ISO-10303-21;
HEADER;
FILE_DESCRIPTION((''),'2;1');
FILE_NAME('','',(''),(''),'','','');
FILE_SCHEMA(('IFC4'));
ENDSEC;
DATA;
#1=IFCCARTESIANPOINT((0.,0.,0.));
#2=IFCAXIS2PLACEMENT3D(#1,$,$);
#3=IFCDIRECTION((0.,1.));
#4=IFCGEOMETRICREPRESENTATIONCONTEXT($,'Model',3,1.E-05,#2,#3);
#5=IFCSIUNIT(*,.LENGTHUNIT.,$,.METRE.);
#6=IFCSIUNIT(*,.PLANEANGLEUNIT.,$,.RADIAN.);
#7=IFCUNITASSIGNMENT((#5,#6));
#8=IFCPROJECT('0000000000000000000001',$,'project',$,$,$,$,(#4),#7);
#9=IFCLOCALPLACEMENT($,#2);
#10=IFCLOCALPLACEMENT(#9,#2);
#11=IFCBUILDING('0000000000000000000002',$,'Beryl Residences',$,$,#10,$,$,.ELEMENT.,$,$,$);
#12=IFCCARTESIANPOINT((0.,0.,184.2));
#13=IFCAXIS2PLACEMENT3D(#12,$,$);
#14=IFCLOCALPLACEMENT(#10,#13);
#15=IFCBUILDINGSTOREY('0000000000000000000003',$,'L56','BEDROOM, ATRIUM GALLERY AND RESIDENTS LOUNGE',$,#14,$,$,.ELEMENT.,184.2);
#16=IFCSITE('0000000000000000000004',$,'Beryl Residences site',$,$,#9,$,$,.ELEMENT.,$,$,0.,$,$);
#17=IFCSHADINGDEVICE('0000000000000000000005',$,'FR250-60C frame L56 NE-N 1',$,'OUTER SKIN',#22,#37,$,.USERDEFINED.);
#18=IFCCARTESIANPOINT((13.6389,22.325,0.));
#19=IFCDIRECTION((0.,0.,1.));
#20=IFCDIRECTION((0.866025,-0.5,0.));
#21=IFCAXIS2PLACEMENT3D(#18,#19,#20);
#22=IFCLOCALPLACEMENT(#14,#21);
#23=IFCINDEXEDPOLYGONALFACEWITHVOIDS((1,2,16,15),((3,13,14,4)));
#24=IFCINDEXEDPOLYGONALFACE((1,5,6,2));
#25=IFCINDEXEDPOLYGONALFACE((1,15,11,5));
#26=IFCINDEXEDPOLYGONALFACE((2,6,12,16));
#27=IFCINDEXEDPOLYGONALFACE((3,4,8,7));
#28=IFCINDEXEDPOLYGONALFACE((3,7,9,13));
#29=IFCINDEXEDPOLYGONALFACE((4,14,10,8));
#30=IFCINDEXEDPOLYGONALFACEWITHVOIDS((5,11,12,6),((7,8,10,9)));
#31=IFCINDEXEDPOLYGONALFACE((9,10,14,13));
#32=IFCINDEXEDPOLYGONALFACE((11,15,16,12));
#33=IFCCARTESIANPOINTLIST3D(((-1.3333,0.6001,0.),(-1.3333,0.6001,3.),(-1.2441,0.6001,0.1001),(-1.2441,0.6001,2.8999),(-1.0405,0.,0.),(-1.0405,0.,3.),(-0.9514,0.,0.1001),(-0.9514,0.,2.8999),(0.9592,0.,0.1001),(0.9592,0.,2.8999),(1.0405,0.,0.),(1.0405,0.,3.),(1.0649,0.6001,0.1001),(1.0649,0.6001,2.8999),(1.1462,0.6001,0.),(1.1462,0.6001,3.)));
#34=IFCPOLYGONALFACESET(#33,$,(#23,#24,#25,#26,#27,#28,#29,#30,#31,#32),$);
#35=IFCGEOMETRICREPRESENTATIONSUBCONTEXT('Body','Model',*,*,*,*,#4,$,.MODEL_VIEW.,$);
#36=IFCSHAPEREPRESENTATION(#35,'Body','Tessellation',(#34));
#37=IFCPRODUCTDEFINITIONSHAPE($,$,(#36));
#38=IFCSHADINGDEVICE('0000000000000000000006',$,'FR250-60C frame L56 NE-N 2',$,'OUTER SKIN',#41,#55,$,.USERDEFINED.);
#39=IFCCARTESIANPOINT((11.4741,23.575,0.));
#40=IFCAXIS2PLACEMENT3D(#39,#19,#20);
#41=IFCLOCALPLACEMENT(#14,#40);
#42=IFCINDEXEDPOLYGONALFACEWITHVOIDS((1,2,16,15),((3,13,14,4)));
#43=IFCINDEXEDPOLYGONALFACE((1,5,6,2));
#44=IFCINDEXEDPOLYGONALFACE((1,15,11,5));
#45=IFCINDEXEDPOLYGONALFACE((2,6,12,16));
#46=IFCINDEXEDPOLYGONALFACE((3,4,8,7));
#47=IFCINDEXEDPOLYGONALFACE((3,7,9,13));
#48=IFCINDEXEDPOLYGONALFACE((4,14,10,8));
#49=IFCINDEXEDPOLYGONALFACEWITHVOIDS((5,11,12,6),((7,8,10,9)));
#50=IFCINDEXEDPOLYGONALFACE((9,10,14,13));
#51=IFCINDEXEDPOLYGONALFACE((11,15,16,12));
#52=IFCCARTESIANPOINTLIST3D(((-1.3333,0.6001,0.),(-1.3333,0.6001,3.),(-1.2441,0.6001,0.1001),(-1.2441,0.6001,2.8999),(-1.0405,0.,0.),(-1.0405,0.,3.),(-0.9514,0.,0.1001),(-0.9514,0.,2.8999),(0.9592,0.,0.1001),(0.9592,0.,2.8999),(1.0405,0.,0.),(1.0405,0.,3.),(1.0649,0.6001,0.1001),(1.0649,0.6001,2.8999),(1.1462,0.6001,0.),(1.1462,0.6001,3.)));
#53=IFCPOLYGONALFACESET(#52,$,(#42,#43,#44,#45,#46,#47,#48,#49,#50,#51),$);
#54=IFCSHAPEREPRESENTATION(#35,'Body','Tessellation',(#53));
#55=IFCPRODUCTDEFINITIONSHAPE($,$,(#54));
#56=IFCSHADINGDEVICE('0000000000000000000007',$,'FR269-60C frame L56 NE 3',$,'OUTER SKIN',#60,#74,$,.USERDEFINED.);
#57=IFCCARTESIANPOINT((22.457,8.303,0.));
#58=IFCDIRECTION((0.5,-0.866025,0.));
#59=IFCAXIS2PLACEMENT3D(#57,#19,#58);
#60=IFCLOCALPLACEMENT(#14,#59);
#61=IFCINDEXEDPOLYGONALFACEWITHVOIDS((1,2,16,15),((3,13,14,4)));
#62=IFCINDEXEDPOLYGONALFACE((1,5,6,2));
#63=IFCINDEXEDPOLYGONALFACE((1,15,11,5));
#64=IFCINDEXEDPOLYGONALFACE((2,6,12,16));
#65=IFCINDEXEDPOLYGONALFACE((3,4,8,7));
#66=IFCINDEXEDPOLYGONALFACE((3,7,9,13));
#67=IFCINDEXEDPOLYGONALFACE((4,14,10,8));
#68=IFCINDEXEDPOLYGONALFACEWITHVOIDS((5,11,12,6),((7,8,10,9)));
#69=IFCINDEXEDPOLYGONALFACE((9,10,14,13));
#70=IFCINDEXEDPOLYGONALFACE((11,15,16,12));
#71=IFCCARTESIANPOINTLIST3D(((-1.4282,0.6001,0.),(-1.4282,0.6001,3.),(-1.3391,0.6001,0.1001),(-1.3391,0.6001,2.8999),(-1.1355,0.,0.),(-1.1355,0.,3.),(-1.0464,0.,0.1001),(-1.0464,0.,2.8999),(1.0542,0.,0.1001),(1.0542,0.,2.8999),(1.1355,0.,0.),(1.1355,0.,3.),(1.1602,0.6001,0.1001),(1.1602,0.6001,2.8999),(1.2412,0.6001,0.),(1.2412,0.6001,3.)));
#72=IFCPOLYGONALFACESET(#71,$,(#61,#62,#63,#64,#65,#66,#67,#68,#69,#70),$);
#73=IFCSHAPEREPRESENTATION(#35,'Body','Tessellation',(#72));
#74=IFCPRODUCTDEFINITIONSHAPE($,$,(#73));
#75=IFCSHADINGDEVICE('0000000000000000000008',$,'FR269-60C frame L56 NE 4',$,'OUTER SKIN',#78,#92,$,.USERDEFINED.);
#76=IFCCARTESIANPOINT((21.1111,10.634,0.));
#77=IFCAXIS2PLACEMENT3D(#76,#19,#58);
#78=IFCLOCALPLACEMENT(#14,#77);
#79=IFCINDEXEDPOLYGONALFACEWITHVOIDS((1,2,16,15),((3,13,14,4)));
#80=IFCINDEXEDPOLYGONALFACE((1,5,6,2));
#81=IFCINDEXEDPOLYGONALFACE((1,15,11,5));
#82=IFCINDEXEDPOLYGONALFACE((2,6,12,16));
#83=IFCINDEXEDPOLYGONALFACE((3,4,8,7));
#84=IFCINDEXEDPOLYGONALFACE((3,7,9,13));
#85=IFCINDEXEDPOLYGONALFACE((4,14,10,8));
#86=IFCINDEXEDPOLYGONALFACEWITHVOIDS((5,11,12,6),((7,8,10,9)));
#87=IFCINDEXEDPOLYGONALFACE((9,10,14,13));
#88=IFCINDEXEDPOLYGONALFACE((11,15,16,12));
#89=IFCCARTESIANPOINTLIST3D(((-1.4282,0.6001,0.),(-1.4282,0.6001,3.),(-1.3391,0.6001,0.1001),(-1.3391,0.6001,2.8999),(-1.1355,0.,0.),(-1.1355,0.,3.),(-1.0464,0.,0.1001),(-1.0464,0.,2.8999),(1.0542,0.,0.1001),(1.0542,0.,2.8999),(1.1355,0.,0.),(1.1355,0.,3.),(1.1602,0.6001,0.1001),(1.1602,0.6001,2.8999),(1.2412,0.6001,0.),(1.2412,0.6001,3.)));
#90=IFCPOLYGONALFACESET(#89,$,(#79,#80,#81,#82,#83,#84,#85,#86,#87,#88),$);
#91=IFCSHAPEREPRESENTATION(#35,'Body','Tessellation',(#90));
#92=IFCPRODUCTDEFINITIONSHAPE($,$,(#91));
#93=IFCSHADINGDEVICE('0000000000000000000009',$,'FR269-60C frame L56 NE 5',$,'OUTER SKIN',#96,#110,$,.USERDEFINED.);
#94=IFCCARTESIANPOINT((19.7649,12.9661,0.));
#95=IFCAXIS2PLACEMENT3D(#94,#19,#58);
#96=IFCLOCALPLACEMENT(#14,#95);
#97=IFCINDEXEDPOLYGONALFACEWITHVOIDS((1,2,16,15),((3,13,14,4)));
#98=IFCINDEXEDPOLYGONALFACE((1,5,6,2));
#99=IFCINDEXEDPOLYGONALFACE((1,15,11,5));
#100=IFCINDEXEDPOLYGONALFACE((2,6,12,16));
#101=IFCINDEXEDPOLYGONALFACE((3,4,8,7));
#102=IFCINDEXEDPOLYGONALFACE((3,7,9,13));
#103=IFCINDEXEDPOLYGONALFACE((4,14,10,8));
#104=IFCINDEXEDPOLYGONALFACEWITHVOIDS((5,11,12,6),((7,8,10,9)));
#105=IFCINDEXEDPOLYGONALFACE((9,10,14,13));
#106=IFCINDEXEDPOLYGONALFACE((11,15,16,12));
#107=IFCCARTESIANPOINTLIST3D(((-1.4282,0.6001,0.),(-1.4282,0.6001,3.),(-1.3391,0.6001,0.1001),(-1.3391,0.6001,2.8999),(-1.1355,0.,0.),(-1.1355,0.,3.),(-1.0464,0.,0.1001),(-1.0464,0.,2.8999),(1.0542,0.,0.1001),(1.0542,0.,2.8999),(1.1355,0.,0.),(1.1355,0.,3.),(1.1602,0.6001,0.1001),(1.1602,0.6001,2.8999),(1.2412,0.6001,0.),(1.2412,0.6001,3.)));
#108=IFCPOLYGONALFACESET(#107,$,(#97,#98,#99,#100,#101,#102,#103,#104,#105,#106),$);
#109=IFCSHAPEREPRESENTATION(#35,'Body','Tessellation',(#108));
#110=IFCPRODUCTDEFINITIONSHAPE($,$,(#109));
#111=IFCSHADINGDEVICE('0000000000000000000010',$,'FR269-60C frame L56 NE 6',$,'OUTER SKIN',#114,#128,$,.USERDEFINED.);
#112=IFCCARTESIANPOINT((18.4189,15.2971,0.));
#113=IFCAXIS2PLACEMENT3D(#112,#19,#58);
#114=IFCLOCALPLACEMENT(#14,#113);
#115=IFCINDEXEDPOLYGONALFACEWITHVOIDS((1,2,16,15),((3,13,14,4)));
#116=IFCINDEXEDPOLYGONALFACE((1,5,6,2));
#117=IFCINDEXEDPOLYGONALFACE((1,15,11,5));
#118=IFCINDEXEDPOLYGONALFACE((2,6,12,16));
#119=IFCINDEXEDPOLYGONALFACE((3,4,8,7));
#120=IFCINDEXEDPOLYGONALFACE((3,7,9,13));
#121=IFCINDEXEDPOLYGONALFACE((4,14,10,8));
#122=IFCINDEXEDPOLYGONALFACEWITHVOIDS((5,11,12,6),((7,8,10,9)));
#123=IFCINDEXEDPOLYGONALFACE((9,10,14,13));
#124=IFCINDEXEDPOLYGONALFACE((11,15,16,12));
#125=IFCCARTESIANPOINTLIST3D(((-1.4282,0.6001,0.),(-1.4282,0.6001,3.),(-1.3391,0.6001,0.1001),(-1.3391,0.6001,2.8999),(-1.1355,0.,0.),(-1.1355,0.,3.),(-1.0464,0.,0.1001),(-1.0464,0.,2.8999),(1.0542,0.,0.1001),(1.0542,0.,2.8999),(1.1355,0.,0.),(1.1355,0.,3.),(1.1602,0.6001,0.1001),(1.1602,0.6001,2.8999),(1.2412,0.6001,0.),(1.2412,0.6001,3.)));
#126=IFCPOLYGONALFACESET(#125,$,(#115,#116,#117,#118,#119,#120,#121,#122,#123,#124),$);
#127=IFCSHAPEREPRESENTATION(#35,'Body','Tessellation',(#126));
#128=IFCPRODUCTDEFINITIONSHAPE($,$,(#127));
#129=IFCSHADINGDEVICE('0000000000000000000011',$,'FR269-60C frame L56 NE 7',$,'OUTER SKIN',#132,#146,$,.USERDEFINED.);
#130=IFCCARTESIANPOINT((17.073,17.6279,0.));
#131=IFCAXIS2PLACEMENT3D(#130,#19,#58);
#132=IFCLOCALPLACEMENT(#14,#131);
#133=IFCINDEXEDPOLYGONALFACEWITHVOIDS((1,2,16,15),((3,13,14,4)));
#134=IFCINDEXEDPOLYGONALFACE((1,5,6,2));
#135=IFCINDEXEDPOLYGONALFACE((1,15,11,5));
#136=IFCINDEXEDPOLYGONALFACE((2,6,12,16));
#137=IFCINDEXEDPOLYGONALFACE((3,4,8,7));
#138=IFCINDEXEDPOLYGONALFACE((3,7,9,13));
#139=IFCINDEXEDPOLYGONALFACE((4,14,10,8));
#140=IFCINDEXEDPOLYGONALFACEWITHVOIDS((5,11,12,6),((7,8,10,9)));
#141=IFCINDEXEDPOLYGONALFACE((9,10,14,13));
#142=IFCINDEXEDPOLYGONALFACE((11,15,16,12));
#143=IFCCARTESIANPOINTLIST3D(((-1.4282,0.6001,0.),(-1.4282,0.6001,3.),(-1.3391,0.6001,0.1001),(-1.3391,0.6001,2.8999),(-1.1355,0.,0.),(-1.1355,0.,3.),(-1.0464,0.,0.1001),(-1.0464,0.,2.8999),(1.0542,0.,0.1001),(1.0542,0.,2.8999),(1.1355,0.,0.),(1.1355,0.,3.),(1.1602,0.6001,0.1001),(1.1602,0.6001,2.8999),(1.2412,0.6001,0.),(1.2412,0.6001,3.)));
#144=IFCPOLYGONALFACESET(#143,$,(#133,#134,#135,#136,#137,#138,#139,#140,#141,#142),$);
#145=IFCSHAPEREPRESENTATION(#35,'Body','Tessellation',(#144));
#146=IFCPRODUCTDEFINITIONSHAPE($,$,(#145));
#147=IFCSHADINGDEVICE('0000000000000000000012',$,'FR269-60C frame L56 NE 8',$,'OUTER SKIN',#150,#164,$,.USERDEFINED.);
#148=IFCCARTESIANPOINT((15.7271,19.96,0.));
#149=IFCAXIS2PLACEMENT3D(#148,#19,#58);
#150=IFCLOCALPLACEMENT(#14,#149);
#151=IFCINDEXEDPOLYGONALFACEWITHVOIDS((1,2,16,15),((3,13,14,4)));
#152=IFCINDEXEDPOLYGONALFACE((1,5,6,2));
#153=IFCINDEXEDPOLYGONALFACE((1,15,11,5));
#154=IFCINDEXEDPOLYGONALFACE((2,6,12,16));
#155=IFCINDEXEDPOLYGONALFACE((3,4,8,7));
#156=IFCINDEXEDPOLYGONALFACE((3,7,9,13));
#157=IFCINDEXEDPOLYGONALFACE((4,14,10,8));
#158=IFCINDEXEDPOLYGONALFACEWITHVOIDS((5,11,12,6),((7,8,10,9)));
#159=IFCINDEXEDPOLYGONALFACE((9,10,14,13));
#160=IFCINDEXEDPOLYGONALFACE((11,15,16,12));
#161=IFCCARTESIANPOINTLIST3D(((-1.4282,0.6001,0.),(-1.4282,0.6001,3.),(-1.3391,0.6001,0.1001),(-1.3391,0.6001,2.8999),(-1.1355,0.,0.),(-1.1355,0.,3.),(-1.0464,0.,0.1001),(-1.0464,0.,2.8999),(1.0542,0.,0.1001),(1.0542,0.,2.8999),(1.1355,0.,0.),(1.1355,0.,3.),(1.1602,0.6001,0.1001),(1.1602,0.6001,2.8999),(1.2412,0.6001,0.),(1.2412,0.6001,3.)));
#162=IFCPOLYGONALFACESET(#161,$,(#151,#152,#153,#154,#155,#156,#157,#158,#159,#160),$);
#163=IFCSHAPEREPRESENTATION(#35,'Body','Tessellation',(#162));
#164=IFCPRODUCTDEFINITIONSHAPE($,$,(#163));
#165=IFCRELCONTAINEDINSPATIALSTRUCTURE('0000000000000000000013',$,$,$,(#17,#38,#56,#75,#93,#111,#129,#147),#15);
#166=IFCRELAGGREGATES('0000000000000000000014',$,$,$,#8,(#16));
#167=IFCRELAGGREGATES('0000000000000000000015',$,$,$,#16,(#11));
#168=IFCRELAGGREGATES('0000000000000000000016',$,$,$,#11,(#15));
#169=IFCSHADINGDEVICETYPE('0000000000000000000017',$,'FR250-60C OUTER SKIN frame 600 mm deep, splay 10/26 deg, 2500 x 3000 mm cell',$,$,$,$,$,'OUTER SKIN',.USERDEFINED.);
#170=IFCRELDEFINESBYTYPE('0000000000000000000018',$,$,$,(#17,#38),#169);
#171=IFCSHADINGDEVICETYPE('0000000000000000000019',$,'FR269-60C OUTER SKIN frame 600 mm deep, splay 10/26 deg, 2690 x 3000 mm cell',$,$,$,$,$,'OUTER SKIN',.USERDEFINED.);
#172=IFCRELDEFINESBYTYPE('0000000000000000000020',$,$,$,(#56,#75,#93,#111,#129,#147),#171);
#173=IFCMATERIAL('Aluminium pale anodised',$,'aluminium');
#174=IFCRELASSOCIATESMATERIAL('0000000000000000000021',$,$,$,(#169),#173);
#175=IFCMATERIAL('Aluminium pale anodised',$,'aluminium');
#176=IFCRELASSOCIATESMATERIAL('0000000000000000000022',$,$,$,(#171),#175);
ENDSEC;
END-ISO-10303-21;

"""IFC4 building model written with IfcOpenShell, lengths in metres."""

from ifc_helpers import new_model, entity, si_unit, direction, frame, origin, place, context, subcontext, project, spatial, source, transform, mapped, material, type_object, type_shapes, element, save


model = new_model("IFC4")

# Units and contexts
model_context = context("Model", 3, precision=1e-05, world=origin(), true_north=direction((0.0, 1.0)))
body_context = subcontext(model_context, "Body", "Model", "MODEL_VIEW")
ifc_project = project(units=[si_unit("LENGTHUNIT", "METRE"), si_unit("PLANEANGLEUNIT", "RADIAN")], contexts=[model_context])

# Site, building, storey
site_placement = place(None, origin())
site = spatial("IfcSite", under=ifc_project, at=site_placement, Name="Beryl Residences site", CompositionType="ELEMENT", RefElevation=0.0)
building_placement = place(site_placement, origin())
building = spatial("IfcBuilding", under=site, at=building_placement, Name="Beryl Residences", CompositionType="ELEMENT")
storey_placement = place(building_placement, frame((0.0, 0.0, 184.2)))
storey = spatial("IfcBuildingStorey", under=building, at=storey_placement, Name="L56", Description="BEDROOM, ATRIUM GALLERY AND RESIDENTS LOUNGE", CompositionType="ELEMENT", Elevation=184.2)

# Shading devices
ifc_material_1 = material(Name="Aluminium pale anodised", Category="aluminium")
shading_device_type_1 = type_object("IfcShadingDeviceType", Name="FR250-60C OUTER SKIN frame 600 mm deep, splay 10/26 deg, 2500 x 3000 mm cell", ElementType="OUTER SKIN", PredefinedType="USERDEFINED", material=ifc_material_1)
cartesian_point_1 = entity("IfcCartesianPoint", [-1.0405, 0.0])
cartesian_point_2 = entity("IfcCartesianPoint", [-0.9592, 0.1001])
cartesian_point_3 = entity("IfcCartesianPoint", [-1.1462, 0.0])
cartesian_point_4 = entity("IfcCartesianPoint", [-1.0649, 0.1001])
shared_shape_1 = source(origin(), body_context, "Body", "SweptSolid", [
    entity("IfcExtrudedAreaSolidTapered", entity("IfcArbitraryProfileDefWithVoids", "AREA", None, entity("IfcPolyline", [cartesian_point_1, entity("IfcCartesianPoint", [1.0405, 0.0]), entity("IfcCartesianPoint", [1.0405, 3.0]), entity("IfcCartesianPoint", [-1.0405, 3.0]), cartesian_point_1]), [entity("IfcPolyline", [cartesian_point_2, entity("IfcCartesianPoint", [0.9514, 0.1001]), entity("IfcCartesianPoint", [0.9514, 2.8999]), entity("IfcCartesianPoint", [-0.9592, 2.8999]), cartesian_point_2])]), entity("IfcAxis2Placement3D", entity("IfcCartesianPoint", [0.0, 0.0, 0.0]), entity("IfcDirection", [0.0, 1.0, 0.0]), entity("IfcDirection", [-1.0, 0.0, 0.0])), entity("IfcDirection", [0.0, 0.0, 1.0]), 0.6001, entity("IfcArbitraryProfileDefWithVoids", "AREA", None, entity("IfcPolyline", [cartesian_point_3, entity("IfcCartesianPoint", [1.3333, 0.0]), entity("IfcCartesianPoint", [1.3333, 3.0]), entity("IfcCartesianPoint", [-1.1462, 3.0]), cartesian_point_3]), [entity("IfcPolyline", [cartesian_point_4, entity("IfcCartesianPoint", [1.2441, 0.1001]), entity("IfcCartesianPoint", [1.2441, 2.8999]), entity("IfcCartesianPoint", [-1.0649, 2.8999]), cartesian_point_4])])),
])
type_shapes(shading_device_type_1, [shared_shape_1])
for number, where, z_axis, x_axis, name in (
    (1, (13.6389, 22.325, 0.0), (0.0, 0.0, 1.0), (0.866025, -0.5, 0.0), "FR250-60C frame L56 NE-N 1"),
    (2, (11.4741, 23.575, 0.0), (0.0, 0.0, 1.0), (0.866025, -0.5, 0.0), "FR250-60C frame L56 NE-N 2"),
):
    element("IfcShadingDevice", number, at=place(storey_placement, frame(where, z_axis=z_axis, x_axis=x_axis)), inside=storey, type_object=shading_device_type_1, Name=name, ObjectType="OUTER SKIN", PredefinedType="USERDEFINED", context=body_context, shape_type="MappedRepresentation", body=[
        mapped(shared_shape_1, transform((0.0, 0.0, 0.0))),
    ])
ifc_material_2 = material(Name="Aluminium pale anodised", Category="aluminium")
shading_device_type_2 = type_object("IfcShadingDeviceType", Name="FR269-60C OUTER SKIN frame 600 mm deep, splay 10/26 deg, 2690 x 3000 mm cell", ElementType="OUTER SKIN", PredefinedType="USERDEFINED", material=ifc_material_2)
cartesian_point_5 = entity("IfcCartesianPoint", [-1.1355, 0.0])
cartesian_point_6 = entity("IfcCartesianPoint", [-1.0542, 0.1001])
cartesian_point_7 = entity("IfcCartesianPoint", [-1.2412, 0.0])
cartesian_point_8 = entity("IfcCartesianPoint", [-1.1602, 0.1001])
shared_shape_2 = source(origin(), body_context, "Body", "SweptSolid", [
    entity("IfcExtrudedAreaSolidTapered", entity("IfcArbitraryProfileDefWithVoids", "AREA", None, entity("IfcPolyline", [cartesian_point_5, entity("IfcCartesianPoint", [1.1355, 0.0]), entity("IfcCartesianPoint", [1.1355, 3.0]), entity("IfcCartesianPoint", [-1.1355, 3.0]), cartesian_point_5]), [entity("IfcPolyline", [cartesian_point_6, entity("IfcCartesianPoint", [1.0464, 0.1001]), entity("IfcCartesianPoint", [1.0464, 2.8999]), entity("IfcCartesianPoint", [-1.0542, 2.8999]), cartesian_point_6])]), entity("IfcAxis2Placement3D", entity("IfcCartesianPoint", [0.0, 0.0, 0.0]), entity("IfcDirection", [0.0, 1.0, 0.0]), entity("IfcDirection", [-1.0, 0.0, 0.0])), entity("IfcDirection", [0.0, 0.0, 1.0]), 0.6001, entity("IfcArbitraryProfileDefWithVoids", "AREA", None, entity("IfcPolyline", [cartesian_point_7, entity("IfcCartesianPoint", [1.4282, 0.0]), entity("IfcCartesianPoint", [1.4282, 3.0]), entity("IfcCartesianPoint", [-1.2412, 3.0]), cartesian_point_7]), [entity("IfcPolyline", [cartesian_point_8, entity("IfcCartesianPoint", [1.3391, 0.1001]), entity("IfcCartesianPoint", [1.3391, 2.8999]), entity("IfcCartesianPoint", [-1.1602, 2.8999]), cartesian_point_8])])),
])
type_shapes(shading_device_type_2, [shared_shape_2])
for number, where, z_axis, x_axis, name in (
    (3, (22.457, 8.303, 0.0), (0.0, 0.0, 1.0), (0.5, -0.866025, 0.0), "FR269-60C frame L56 NE 3"),
    (4, (21.1111, 10.634, 0.0), (0.0, 0.0, 1.0), (0.5, -0.866025, 0.0), "FR269-60C frame L56 NE 4"),
    (5, (19.7649, 12.9661, 0.0), (0.0, 0.0, 1.0), (0.5, -0.866025, 0.0), "FR269-60C frame L56 NE 5"),
    (6, (18.4189, 15.2971, 0.0), (0.0, 0.0, 1.0), (0.5, -0.866025, 0.0), "FR269-60C frame L56 NE 6"),
    (7, (17.073, 17.6279, 0.0), (0.0, 0.0, 1.0), (0.5, -0.866025, 0.0), "FR269-60C frame L56 NE 7"),
    (8, (15.7271, 19.96, 0.0), (0.0, 0.0, 1.0), (0.5, -0.866025, 0.0), "FR269-60C frame L56 NE 8"),
):
    element("IfcShadingDevice", number, at=place(storey_placement, frame(where, z_axis=z_axis, x_axis=x_axis)), inside=storey, type_object=shading_device_type_2, Name=name, ObjectType="OUTER SKIN", PredefinedType="USERDEFINED", context=body_context, shape_type="MappedRepresentation", body=[
        mapped(shared_shape_2, transform((0.0, 0.0, 0.0))),
    ])

save(model, "model.ifc")
